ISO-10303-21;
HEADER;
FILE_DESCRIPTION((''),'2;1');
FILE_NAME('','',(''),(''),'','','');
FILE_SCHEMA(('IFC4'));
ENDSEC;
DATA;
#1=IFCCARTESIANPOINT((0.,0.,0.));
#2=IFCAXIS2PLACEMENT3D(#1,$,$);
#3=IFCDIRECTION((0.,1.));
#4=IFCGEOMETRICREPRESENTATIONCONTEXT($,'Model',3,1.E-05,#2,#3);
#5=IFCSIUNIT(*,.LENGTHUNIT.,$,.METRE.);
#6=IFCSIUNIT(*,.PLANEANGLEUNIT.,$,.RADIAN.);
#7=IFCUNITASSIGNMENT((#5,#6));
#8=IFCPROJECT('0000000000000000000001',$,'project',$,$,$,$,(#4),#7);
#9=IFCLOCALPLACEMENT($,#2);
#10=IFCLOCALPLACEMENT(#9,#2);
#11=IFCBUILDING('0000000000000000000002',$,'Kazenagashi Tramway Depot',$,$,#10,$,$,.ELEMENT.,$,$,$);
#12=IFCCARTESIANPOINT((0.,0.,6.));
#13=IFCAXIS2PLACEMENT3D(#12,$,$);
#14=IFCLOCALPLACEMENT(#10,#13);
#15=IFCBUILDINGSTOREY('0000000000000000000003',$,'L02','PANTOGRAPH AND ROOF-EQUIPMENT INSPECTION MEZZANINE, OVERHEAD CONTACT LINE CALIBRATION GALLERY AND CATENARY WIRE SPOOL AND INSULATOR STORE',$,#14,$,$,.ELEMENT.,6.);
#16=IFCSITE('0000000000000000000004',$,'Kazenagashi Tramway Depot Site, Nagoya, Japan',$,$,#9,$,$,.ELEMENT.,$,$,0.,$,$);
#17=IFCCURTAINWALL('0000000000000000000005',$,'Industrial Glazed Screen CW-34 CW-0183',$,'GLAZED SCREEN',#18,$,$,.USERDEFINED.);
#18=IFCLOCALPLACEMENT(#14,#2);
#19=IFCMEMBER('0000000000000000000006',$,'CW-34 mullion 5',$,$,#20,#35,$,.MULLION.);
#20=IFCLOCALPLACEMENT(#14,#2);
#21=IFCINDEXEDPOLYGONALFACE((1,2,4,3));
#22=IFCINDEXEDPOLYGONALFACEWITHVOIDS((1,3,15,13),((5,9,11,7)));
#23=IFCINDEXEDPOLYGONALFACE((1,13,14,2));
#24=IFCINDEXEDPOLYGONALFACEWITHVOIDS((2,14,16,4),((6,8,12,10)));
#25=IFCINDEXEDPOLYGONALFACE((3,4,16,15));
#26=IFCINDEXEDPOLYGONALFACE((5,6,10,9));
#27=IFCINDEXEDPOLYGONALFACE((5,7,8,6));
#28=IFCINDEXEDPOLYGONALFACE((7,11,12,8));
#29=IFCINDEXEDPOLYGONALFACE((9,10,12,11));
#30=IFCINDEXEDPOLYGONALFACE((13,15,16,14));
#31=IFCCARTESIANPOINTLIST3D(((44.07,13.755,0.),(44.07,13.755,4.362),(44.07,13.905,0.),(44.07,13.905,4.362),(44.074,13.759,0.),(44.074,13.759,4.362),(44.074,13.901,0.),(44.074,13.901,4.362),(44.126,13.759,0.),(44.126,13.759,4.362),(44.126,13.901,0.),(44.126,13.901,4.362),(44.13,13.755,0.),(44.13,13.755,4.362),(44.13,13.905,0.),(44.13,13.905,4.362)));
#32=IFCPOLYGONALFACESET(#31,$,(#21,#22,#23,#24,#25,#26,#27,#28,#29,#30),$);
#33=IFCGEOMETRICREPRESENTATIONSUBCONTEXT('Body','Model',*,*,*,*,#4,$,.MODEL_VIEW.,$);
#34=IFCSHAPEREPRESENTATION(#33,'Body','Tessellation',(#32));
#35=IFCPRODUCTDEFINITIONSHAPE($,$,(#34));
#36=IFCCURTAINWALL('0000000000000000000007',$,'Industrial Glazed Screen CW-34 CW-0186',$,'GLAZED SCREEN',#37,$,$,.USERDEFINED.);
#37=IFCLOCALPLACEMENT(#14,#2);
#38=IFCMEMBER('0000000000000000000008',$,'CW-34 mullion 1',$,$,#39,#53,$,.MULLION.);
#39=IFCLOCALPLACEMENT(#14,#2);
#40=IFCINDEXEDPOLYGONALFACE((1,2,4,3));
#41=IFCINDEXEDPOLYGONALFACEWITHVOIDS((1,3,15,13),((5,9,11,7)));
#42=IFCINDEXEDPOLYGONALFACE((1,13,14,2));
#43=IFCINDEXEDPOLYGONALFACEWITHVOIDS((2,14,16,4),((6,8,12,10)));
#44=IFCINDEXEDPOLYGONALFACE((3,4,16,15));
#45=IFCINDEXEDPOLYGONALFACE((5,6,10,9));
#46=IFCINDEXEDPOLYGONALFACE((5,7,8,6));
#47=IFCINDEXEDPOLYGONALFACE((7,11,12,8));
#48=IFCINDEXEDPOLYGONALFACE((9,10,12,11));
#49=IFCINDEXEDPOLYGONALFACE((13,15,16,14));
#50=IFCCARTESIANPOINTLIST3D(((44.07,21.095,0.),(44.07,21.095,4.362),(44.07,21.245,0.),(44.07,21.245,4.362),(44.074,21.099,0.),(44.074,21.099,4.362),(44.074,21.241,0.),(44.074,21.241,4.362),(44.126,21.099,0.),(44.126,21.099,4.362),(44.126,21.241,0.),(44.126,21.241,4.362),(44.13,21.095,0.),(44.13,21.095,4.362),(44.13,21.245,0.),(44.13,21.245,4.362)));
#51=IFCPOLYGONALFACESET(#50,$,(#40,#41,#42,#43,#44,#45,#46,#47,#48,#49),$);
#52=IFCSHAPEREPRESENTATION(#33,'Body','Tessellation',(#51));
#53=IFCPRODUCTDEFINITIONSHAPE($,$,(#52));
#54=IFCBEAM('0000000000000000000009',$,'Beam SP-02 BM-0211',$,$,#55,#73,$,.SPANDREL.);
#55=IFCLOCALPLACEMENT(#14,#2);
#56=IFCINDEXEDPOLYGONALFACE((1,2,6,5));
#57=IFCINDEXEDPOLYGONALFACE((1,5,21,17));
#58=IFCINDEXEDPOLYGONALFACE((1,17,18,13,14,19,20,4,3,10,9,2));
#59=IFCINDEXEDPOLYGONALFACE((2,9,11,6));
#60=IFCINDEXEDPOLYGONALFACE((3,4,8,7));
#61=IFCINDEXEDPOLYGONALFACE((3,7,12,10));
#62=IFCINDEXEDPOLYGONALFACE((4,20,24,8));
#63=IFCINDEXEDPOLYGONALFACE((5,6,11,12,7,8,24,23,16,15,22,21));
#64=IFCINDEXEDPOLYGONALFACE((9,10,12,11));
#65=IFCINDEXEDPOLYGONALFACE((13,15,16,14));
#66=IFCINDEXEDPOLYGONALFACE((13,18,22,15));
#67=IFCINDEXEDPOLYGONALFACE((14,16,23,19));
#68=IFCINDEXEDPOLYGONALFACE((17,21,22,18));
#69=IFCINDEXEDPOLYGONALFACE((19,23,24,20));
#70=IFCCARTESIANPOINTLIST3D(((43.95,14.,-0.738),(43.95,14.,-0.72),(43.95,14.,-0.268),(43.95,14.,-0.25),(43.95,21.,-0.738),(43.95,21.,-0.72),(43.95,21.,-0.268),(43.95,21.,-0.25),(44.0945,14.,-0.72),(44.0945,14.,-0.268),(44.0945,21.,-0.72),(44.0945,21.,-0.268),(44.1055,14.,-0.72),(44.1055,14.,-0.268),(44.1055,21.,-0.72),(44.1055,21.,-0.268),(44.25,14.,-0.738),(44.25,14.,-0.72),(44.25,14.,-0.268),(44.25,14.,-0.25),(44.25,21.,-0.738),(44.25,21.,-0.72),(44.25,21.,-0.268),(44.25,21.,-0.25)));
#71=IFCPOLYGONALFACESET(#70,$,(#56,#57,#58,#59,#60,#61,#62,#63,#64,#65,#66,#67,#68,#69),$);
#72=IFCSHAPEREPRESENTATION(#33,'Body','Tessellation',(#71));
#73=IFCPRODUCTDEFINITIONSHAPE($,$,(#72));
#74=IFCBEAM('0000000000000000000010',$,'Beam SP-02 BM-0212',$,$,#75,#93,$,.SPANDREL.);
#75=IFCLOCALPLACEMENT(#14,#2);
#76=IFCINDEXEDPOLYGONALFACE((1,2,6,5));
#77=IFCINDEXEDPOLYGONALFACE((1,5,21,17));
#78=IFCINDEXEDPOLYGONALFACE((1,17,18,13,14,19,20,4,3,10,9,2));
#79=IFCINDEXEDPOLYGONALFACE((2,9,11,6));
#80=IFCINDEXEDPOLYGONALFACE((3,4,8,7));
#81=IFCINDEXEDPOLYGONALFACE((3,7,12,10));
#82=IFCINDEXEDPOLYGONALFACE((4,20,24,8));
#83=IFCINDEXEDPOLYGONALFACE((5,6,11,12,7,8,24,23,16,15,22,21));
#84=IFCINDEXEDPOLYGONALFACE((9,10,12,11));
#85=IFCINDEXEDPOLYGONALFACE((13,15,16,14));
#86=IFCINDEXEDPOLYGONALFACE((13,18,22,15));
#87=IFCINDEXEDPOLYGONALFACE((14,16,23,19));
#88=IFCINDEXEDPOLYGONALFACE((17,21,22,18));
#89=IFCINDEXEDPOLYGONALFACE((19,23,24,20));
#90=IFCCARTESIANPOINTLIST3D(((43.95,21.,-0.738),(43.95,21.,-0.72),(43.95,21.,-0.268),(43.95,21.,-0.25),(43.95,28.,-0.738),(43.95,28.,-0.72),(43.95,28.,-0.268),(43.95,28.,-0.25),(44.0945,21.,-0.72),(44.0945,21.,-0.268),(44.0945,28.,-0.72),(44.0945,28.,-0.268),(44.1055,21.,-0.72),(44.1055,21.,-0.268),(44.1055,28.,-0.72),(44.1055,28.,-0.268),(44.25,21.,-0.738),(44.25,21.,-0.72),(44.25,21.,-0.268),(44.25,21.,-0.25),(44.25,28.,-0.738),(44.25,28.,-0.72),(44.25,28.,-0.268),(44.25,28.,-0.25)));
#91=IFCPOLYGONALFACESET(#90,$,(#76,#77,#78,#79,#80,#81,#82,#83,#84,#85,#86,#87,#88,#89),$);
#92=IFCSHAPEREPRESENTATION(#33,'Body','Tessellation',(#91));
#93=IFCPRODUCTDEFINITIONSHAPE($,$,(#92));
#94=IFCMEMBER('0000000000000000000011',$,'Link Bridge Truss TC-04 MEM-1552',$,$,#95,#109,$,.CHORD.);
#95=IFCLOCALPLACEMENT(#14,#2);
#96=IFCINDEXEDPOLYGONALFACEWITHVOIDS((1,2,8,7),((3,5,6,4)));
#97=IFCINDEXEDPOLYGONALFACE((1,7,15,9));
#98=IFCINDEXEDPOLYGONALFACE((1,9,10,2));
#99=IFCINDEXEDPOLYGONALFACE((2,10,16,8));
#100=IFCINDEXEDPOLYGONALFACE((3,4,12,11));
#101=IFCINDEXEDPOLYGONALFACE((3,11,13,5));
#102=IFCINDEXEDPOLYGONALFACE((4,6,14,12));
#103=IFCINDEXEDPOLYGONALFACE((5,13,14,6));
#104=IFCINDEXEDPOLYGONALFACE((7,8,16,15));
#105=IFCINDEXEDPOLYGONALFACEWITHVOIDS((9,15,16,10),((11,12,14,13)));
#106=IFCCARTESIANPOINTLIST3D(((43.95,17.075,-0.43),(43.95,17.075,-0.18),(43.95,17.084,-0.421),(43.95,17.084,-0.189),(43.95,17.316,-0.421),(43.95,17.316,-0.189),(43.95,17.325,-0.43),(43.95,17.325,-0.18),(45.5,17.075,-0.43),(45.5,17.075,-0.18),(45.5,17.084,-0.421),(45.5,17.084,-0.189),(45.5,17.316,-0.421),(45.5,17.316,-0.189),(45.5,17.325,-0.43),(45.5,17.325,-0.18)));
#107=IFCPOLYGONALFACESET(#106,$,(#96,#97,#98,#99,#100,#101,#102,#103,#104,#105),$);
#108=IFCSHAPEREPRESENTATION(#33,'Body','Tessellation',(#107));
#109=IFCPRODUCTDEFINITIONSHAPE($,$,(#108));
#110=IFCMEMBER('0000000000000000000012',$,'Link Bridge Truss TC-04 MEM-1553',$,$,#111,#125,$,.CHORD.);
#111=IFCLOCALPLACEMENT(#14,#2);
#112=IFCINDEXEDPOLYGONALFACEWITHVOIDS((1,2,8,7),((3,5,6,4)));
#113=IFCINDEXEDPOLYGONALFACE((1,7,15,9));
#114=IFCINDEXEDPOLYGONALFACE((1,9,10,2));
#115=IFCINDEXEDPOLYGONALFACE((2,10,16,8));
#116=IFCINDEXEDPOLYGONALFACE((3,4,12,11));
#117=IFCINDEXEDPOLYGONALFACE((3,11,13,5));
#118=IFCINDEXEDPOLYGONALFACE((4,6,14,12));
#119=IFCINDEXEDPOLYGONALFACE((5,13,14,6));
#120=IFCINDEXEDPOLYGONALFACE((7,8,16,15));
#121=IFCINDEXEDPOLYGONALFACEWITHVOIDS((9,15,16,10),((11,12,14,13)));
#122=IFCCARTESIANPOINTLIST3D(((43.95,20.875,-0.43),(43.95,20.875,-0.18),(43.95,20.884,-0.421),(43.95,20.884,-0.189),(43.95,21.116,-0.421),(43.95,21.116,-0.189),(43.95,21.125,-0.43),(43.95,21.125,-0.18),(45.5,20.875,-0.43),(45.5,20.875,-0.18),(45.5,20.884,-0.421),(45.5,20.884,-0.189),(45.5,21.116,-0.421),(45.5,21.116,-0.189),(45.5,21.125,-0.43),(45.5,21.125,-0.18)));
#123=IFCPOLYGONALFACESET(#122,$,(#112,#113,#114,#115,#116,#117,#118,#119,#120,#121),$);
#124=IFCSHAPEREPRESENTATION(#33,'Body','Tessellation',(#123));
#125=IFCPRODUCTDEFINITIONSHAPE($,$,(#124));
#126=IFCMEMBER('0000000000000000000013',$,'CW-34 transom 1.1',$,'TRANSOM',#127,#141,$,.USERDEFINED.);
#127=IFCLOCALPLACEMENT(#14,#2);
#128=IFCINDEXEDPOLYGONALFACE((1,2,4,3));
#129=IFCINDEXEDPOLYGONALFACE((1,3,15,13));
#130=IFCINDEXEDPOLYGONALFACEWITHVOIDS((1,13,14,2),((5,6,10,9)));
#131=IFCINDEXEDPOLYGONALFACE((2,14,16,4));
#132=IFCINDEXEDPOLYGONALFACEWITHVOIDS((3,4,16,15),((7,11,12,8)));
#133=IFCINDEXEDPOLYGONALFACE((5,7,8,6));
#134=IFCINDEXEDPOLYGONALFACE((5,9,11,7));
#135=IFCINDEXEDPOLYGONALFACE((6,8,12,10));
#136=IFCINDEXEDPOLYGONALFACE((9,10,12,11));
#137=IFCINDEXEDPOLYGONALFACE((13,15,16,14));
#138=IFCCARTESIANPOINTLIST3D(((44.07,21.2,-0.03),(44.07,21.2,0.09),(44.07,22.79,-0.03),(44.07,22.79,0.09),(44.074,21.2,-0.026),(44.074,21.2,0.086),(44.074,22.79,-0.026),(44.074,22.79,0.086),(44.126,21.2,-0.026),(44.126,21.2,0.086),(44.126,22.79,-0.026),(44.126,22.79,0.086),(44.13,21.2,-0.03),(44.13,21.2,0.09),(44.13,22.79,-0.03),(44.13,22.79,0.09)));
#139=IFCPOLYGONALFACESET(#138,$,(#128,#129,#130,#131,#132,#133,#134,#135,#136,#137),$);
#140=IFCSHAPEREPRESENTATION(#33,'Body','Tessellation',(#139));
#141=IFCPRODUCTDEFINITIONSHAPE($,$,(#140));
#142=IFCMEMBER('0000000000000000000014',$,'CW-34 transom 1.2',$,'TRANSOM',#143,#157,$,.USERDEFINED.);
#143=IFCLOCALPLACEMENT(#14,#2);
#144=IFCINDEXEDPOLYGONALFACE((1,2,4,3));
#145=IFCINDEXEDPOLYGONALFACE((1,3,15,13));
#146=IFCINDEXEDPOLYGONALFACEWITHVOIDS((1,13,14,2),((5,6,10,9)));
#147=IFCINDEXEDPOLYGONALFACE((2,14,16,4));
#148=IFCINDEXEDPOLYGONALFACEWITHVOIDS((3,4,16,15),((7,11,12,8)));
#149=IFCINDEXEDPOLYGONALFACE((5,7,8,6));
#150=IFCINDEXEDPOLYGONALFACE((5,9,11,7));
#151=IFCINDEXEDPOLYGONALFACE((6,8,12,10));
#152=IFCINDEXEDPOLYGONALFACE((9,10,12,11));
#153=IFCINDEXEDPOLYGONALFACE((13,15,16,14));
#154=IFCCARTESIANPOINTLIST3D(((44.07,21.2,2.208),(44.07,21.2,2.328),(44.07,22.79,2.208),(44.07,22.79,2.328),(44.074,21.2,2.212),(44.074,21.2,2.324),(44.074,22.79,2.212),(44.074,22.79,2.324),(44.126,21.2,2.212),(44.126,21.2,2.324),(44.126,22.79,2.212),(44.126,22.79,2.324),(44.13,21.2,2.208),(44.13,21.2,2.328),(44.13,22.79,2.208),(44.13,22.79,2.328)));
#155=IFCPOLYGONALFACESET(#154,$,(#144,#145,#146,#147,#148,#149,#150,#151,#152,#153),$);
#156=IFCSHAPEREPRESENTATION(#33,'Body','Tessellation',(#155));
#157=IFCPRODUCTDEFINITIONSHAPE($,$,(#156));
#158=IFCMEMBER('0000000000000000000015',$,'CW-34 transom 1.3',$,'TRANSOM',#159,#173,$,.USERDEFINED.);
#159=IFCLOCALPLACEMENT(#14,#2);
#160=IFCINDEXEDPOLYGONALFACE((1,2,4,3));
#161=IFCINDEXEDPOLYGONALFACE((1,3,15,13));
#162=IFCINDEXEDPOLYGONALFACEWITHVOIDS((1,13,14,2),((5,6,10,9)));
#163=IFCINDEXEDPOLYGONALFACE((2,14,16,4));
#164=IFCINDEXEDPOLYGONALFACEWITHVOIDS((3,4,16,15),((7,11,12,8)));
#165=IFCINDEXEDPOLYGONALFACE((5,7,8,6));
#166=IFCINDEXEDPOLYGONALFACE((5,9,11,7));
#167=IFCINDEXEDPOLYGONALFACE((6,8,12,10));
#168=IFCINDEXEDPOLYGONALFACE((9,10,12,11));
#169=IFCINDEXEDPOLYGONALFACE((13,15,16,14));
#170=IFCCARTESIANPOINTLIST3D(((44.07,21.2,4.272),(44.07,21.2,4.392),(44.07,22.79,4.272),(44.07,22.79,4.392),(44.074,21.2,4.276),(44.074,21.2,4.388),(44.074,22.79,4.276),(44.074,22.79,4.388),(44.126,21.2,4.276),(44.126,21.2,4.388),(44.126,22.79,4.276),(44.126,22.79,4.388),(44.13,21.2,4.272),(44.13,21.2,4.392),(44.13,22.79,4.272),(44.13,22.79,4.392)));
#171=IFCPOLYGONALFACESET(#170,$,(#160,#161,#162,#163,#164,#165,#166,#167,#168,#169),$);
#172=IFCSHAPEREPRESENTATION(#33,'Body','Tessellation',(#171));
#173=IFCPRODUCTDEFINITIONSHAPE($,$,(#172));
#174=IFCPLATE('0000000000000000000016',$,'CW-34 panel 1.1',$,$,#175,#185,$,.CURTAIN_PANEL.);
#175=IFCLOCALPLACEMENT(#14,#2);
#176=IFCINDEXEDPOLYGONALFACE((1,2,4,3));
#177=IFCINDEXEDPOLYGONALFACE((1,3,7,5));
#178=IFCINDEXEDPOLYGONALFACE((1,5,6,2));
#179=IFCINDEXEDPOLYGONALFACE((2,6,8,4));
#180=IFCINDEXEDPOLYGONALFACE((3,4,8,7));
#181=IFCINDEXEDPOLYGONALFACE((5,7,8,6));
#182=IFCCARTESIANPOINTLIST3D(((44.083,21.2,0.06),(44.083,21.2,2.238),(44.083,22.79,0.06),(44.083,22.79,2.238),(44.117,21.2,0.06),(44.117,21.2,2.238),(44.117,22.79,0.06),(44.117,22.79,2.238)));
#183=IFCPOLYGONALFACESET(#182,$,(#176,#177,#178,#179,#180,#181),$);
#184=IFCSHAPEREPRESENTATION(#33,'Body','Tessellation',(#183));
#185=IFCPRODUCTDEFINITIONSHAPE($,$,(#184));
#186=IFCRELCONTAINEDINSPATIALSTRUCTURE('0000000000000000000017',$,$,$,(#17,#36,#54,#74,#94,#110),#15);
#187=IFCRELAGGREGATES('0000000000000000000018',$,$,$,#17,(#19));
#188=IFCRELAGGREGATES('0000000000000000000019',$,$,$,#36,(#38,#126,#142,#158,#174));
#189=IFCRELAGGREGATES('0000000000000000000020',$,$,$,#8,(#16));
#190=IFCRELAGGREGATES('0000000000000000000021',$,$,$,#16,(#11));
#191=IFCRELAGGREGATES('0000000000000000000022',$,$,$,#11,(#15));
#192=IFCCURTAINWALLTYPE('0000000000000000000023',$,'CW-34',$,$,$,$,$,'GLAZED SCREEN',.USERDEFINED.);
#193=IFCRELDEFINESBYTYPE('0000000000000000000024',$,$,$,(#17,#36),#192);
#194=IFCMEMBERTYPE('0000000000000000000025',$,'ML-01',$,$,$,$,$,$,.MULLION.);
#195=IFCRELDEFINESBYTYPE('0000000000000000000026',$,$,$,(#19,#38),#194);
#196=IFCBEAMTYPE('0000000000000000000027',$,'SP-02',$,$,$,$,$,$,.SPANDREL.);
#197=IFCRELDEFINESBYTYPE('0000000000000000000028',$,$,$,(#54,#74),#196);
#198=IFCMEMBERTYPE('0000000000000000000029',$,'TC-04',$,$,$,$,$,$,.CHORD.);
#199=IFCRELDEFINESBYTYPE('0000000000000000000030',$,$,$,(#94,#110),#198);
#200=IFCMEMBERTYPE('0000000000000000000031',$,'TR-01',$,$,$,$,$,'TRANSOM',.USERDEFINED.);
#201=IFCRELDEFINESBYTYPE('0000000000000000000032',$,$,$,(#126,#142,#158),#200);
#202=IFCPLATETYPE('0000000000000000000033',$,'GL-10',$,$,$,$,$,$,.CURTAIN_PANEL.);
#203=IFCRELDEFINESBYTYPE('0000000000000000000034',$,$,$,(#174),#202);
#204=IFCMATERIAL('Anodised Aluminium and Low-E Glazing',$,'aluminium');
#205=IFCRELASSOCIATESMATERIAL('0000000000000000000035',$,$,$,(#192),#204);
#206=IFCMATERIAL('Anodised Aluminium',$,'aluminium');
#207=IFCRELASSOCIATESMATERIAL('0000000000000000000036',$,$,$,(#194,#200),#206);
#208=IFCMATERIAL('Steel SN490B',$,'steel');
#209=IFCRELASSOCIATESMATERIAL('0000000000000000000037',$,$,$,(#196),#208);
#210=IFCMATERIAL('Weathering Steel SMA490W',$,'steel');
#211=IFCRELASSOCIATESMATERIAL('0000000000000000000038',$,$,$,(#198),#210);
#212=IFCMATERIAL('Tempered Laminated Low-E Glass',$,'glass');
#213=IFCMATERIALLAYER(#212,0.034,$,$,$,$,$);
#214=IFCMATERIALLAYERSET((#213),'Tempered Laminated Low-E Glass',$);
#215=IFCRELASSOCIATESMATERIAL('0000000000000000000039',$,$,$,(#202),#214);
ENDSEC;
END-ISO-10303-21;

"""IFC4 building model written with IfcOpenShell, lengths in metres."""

from ifc_helpers import new_model, si_unit, direction, frame, origin, origin_2d, place, context, subcontext, project, spatial, rectangle, hollow_rectangle, i_section, extrude, material, layer, layer_set, material_profile, profile_set, type_object, element, aggregate, save


model = new_model("IFC4")

# Units and contexts
model_context = context("Model", 3, precision=1e-05, world=origin(), true_north=direction((0.0, 1.0)))
body_context = subcontext(model_context, "Body", "Model", "MODEL_VIEW")
ifc_project = project(units=[si_unit("LENGTHUNIT", "METRE"), si_unit("PLANEANGLEUNIT", "RADIAN")], contexts=[model_context])

# Site, building, storey
site_placement = place(None, origin())
site = spatial("IfcSite", under=ifc_project, at=site_placement, Name="Kazenagashi Tramway Depot Site, Nagoya, Japan", CompositionType="ELEMENT", RefElevation=0.0)
building_placement = place(site_placement, origin())
building = spatial("IfcBuilding", under=site, at=building_placement, Name="Kazenagashi Tramway Depot", CompositionType="ELEMENT")
storey_placement = place(building_placement, frame((0.0, 0.0, 6.0)))
storey = spatial("IfcBuildingStorey", under=building, at=storey_placement, Name="L02", Description="PANTOGRAPH AND ROOF-EQUIPMENT INSPECTION MEZZANINE, OVERHEAD CONTACT LINE CALIBRATION GALLERY AND CATENARY WIRE SPOOL AND INSULATOR STORE", CompositionType="ELEMENT", Elevation=6.0)

# Shared definitions
ifc_material_1 = material(Name="Steel SN490B", Category="steel")

# Curtain walls, members
ifc_material_2 = material(Name="Anodised Aluminium and Low-E Glazing", Category="aluminium")
curtain_wall_type = type_object("IfcCurtainWallType", Name="CW-34", ElementType="GLAZED SCREEN", PredefinedType="USERDEFINED", material=ifc_material_2)
curtain_wall_1_placement = place(storey_placement, origin())
curtain_wall_1 = element("IfcCurtainWall", 1, at=curtain_wall_1_placement, inside=storey, type_object=curtain_wall_type, Name="Industrial Glazed Screen CW-34 CW-0183", ObjectType="GLAZED SCREEN", PredefinedType="USERDEFINED")
ifc_material_3 = material(Name="Anodised Aluminium", Category="aluminium")
ifc_material_profile_1 = material_profile(ifc_material_3, hollow_rectangle(XDim=0.06, YDim=0.15, WallThickness=0.004, at=origin_2d()), Name="RHS-150x60x4")
ifc_profile_set_1 = profile_set([ifc_material_profile_1], Name="Anodised Aluminium")
member_type_1 = type_object("IfcMemberType", Name="ML-01", PredefinedType="MULLION", material=ifc_profile_set_1)
member_1_placement = place(storey_placement, frame((44.1, 13.83, 0.0), z_axis=(0.0, 0.0, 1.0), x_axis=(-1.0, 0.0, 0.0)))
member_1 = element("IfcMember", 2, at=member_1_placement, type_object=member_type_1, Name="CW-34 mullion 5", PredefinedType="MULLION", context=body_context, shape_type="SweptSolid", body=[
    extrude(hollow_rectangle(XDim=0.06, YDim=0.15, WallThickness=0.004, at=origin_2d()), origin(), (0.0, 0.0, 1.0), 4.362),
])
aggregate(curtain_wall_1, [member_1])
curtain_wall_2_placement = place(storey_placement, origin())
curtain_wall_2 = element("IfcCurtainWall", 3, at=curtain_wall_2_placement, inside=storey, type_object=curtain_wall_type, Name="Industrial Glazed Screen CW-34 CW-0186", ObjectType="GLAZED SCREEN", PredefinedType="USERDEFINED")
member_2_placement = place(storey_placement, frame((44.1, 21.17, 0.0), z_axis=(0.0, 0.0, 1.0), x_axis=(-1.0, 0.0, 0.0)))
member_2 = element("IfcMember", 4, at=member_2_placement, type_object=member_type_1, Name="CW-34 mullion 1", PredefinedType="MULLION", context=body_context, shape_type="SweptSolid", body=[
    extrude(hollow_rectangle(XDim=0.06, YDim=0.15, WallThickness=0.004, at=origin_2d()), origin(), (0.0, 0.0, 1.0), 4.362),
])

# Beams
ifc_material_profile_2 = material_profile(ifc_material_1, i_section(OverallWidth=0.3, OverallDepth=0.488, WebThickness=0.011, FlangeThickness=0.018, at=origin_2d()), Name="H-488x300x11x18")
ifc_profile_set_2 = profile_set([ifc_material_profile_2], Name="Steel SN490B")
beam_type_1 = type_object("IfcBeamType", Name="SP-02", PredefinedType="SPANDREL", material=ifc_profile_set_2)
for number, where, z_axis, x_axis, name in (
    (5, (44.1, 14.0, -0.494), (0.0, 1.0, 0.0), (-1.0, 0.0, 0.0), "Beam SP-02 BM-0211"),
    (6, (44.1, 21.0, -0.494), (0.0, 1.0, 0.0), (-1.0, 0.0, 0.0), "Beam SP-02 BM-0212"),
):
    element("IfcBeam", number, at=place(storey_placement, frame(where, z_axis=z_axis, x_axis=x_axis)), inside=storey, type_object=beam_type_1, Name=name, PredefinedType="SPANDREL", context=body_context, shape_type="SweptSolid", body=[
        extrude(i_section(OverallWidth=0.3, OverallDepth=0.488, WebThickness=0.011, FlangeThickness=0.018, at=origin_2d()), origin(), (0.0, 0.0, 1.0), 7.0),
    ])

# Members
ifc_material_4 = material(Name="Weathering Steel SMA490W", Category="steel")
ifc_material_profile_3 = material_profile(ifc_material_4, hollow_rectangle(XDim=0.25, YDim=0.25, WallThickness=0.009, at=origin_2d()), Name="SHS-250x250x9")
ifc_profile_set_3 = profile_set([ifc_material_profile_3], Name="Weathering Steel SMA490W")
member_type_2 = type_object("IfcMemberType", Name="TC-04", PredefinedType="CHORD", material=ifc_profile_set_3)
for number, where, z_axis, x_axis, name in (
    (7, (43.95, 17.2, -0.305), (1.0, 0.0, 0.0), (0.0, 1.0, 0.0), "Link Bridge Truss TC-04 MEM-1552"),
    (8, (43.95, 21.0, -0.305), (1.0, 0.0, 0.0), (0.0, 1.0, 0.0), "Link Bridge Truss TC-04 MEM-1553"),
):
    element("IfcMember", number, at=place(storey_placement, frame(where, z_axis=z_axis, x_axis=x_axis)), inside=storey, type_object=member_type_2, Name=name, PredefinedType="CHORD", context=body_context, shape_type="SweptSolid", body=[
        extrude(hollow_rectangle(XDim=0.25, YDim=0.25, WallThickness=0.009, at=origin_2d()), origin(), (0.0, 0.0, 1.0), 1.55),
    ])

# Members
ifc_material_profile_4 = material_profile(ifc_material_3, hollow_rectangle(XDim=0.06, YDim=0.12, WallThickness=0.004, at=origin_2d()), Name="RHS-120x60x4")
ifc_profile_set_4 = profile_set([ifc_material_profile_4], Name="Anodised Aluminium")
member_type_3 = type_object("IfcMemberType", Name="TR-01", ElementType="TRANSOM", PredefinedType="USERDEFINED", material=ifc_profile_set_4)
member_3_placement = place(storey_placement, frame((44.1, 21.2, 0.03), z_axis=(0.0, 1.0, 0.0), x_axis=(-1.0, 0.0, 0.0)))
member_3 = element("IfcMember", 9, at=member_3_placement, type_object=member_type_3, Name="CW-34 transom 1.1", ObjectType="TRANSOM", PredefinedType="USERDEFINED", context=body_context, shape_type="SweptSolid", body=[
    extrude(hollow_rectangle(XDim=0.06, YDim=0.12, WallThickness=0.004, at=origin_2d()), origin(), (0.0, 0.0, 1.0), 1.59),
])
member_4_placement = place(storey_placement, frame((44.1, 21.2, 2.268), z_axis=(0.0, 1.0, 0.0), x_axis=(-1.0, 0.0, 0.0)))
member_4 = element("IfcMember", 10, at=member_4_placement, type_object=member_type_3, Name="CW-34 transom 1.2", ObjectType="TRANSOM", PredefinedType="USERDEFINED", context=body_context, shape_type="SweptSolid", body=[
    extrude(hollow_rectangle(XDim=0.06, YDim=0.12, WallThickness=0.004, at=origin_2d()), origin(), (0.0, 0.0, 1.0), 1.59),
])
member_5_placement = place(storey_placement, frame((44.1, 21.2, 4.332), z_axis=(0.0, 1.0, 0.0), x_axis=(-1.0, 0.0, 0.0)))
member_5 = element("IfcMember", 11, at=member_5_placement, type_object=member_type_3, Name="CW-34 transom 1.3", ObjectType="TRANSOM", PredefinedType="USERDEFINED", context=body_context, shape_type="SweptSolid", body=[
    extrude(hollow_rectangle(XDim=0.06, YDim=0.12, WallThickness=0.004, at=origin_2d()), origin(), (0.0, 0.0, 1.0), 1.59),
])

# Plate
ifc_material_5 = material(Name="Tempered Laminated Low-E Glass", Category="glass")
ifc_layer_1 = layer(ifc_material_5, 0.034)
ifc_layer_set_1 = layer_set([ifc_layer_1], Name="Tempered Laminated Low-E Glass")
plate_type = type_object("IfcPlateType", Name="GL-10", PredefinedType="CURTAIN_PANEL", material=ifc_layer_set_1)
plate_placement = place(storey_placement, frame((44.1, 21.995, 0.06), z_axis=(0.0, 0.0, 1.0), x_axis=(0.0, 1.0, 0.0)))
plate = element("IfcPlate", 12, at=plate_placement, type_object=plate_type, Name="CW-34 panel 1.1", PredefinedType="CURTAIN_PANEL", context=body_context, shape_type="SweptSolid", body=[
    extrude(rectangle(XDim=1.59, YDim=0.034, at=origin_2d()), origin(), (0.0, 0.0, 1.0), 2.178),
])
aggregate(curtain_wall_2, [member_2, member_3, member_4, member_5, plate])

save(model, "model.ifc")
